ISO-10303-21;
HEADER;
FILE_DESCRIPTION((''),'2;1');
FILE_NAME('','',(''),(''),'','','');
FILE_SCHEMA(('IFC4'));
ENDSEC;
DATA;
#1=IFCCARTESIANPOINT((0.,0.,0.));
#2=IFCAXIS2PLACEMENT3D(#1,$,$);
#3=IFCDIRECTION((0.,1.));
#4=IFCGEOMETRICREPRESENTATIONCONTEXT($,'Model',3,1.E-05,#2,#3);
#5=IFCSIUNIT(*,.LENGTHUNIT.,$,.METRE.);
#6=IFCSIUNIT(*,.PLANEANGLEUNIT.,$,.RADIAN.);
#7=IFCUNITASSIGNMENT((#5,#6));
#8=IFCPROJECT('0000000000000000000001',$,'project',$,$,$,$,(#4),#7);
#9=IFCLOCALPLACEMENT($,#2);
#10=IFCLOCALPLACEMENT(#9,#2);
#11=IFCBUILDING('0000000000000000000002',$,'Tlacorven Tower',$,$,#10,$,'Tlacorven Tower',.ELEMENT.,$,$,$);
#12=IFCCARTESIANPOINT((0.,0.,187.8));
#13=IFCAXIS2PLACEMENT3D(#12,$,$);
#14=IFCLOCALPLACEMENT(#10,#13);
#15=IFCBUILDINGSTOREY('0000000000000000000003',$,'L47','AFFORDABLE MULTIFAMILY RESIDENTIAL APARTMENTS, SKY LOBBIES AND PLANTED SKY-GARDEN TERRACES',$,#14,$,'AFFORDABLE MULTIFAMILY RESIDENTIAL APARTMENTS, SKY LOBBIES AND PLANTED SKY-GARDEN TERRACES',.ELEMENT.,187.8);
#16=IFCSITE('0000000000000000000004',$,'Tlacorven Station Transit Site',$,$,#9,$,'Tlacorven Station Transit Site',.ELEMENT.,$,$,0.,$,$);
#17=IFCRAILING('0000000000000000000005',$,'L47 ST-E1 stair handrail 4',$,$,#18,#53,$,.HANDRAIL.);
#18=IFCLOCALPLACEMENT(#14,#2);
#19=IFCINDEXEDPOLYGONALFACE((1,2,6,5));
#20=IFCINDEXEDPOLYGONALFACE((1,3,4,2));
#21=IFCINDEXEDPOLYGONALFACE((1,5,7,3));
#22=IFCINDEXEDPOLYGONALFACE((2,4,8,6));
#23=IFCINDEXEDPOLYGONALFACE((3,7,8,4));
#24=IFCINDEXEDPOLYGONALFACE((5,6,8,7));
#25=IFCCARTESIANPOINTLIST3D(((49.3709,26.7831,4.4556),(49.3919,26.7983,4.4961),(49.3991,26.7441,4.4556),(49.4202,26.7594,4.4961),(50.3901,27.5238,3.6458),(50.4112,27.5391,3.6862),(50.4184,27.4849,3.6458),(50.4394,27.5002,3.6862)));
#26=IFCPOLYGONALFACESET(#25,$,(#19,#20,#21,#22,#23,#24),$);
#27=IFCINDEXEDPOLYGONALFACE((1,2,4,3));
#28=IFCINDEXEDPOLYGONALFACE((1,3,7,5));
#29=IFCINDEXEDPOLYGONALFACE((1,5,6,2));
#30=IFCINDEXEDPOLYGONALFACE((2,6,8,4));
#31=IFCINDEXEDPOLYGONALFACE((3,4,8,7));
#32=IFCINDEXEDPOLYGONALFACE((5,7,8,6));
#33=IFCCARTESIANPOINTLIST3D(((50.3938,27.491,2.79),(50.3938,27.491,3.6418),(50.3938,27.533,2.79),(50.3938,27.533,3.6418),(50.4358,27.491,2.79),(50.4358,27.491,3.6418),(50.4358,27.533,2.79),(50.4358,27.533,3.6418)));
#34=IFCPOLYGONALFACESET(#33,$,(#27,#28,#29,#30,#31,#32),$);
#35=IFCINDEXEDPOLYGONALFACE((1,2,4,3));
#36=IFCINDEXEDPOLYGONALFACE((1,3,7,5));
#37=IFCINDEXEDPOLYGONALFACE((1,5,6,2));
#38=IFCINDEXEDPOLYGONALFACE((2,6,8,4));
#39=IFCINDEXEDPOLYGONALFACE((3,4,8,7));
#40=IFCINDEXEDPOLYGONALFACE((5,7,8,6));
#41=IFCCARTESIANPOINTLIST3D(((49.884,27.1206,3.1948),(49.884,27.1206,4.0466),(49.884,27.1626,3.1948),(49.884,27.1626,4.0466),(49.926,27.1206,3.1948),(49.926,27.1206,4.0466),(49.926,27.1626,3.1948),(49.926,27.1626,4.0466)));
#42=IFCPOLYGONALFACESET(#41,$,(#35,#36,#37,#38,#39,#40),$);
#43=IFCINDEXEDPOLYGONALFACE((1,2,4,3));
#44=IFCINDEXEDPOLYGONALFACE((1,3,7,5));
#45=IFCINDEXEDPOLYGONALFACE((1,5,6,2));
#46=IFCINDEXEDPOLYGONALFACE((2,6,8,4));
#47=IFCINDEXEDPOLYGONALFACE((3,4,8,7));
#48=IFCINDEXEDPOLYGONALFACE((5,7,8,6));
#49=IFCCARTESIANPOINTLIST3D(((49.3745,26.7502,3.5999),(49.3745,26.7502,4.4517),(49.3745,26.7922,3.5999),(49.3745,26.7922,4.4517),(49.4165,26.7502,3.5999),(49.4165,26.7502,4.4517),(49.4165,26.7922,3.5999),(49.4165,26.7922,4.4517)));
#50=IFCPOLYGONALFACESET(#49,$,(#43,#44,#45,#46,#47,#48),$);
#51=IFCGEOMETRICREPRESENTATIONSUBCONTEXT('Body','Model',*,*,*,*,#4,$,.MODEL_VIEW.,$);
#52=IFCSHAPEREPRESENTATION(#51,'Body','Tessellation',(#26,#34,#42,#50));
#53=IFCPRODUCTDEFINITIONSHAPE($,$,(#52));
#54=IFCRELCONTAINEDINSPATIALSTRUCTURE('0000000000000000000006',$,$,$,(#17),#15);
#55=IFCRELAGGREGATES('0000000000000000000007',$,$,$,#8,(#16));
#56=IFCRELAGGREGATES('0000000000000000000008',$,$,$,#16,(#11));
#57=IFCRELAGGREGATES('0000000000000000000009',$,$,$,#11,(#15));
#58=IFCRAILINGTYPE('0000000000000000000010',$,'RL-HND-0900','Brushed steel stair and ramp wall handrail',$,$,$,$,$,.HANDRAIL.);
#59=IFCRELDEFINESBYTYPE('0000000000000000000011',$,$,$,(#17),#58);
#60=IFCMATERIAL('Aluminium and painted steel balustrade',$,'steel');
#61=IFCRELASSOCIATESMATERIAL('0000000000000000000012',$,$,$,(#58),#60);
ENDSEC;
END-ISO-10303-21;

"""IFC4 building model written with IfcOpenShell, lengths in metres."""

from ifc_helpers import new_model, si_unit, direction, frame, origin, origin_2d, place, context, subcontext, project, spatial, rectangle, extrude, source, transform, mapped, material, type_object, element, save


model = new_model("IFC4")

# Units and contexts
model_context = context("Model", 3, precision=1e-05, world=origin(), true_north=direction((0.0, 1.0)))
body_context = subcontext(model_context, "Body", "Model", "MODEL_VIEW")
ifc_project = project(units=[si_unit("LENGTHUNIT", "METRE"), si_unit("PLANEANGLEUNIT", "RADIAN")], contexts=[model_context])

# Site, building, storey
site_placement = place(None, origin())
site = spatial("IfcSite", under=ifc_project, at=site_placement, Name="Tlacorven Station Transit Site", LongName="Tlacorven Station Transit Site", CompositionType="ELEMENT", RefElevation=0.0)
building_placement = place(site_placement, origin())
building = spatial("IfcBuilding", under=site, at=building_placement, Name="Tlacorven Tower", LongName="Tlacorven Tower", CompositionType="ELEMENT")
storey_placement = place(building_placement, frame((0.0, 0.0, 187.8)))
storey = spatial("IfcBuildingStorey", under=building, at=storey_placement, Name="L47", Description="AFFORDABLE MULTIFAMILY RESIDENTIAL APARTMENTS, SKY LOBBIES AND PLANTED SKY-GARDEN TERRACES", LongName="AFFORDABLE MULTIFAMILY RESIDENTIAL APARTMENTS, SKY LOBBIES AND PLANTED SKY-GARDEN TERRACES", CompositionType="ELEMENT", Elevation=187.8)

# Railing
ifc_material_1 = material(Name="Aluminium and painted steel balustrade", Category="steel")
railing_type_1 = type_object("IfcRailingType", Name="RL-HND-0900", Description="Brushed steel stair and ramp wall handrail", PredefinedType="HANDRAIL", material=ifc_material_1)
shared_shape_1 = source(origin(), body_context, "Body", "SweptSolid", [
    extrude(rectangle(XDim=0.0481, YDim=0.0481, at=origin_2d()), frame((0.0, 0.0, 0.876), z_axis=(-0.680521, -0.494539, 0.540668), x_axis=(0.587872, -0.808954, 0.0)), (0.0, 0.0, 1.0), 1.4978),
    extrude(rectangle(XDim=0.042, YDim=0.042, at=origin_2d()), origin(), (0.0, 0.0, 1.0), 0.8518),
    extrude(rectangle(XDim=0.042, YDim=0.042, at=origin_2d()), frame((-0.5098, -0.3704, 0.4048)), (0.0, 0.0, 1.0), 0.8518),
    extrude(rectangle(XDim=0.042, YDim=0.042, at=origin_2d()), frame((-1.0193, -0.7407, 0.8098)), (0.0, 0.0, 1.0), 0.8518),
])
railing_1_placement = place(storey_placement, frame((50.4148, 27.512, 2.79)))
element("IfcRailing", 1, at=railing_1_placement, inside=storey, type_object=railing_type_1, Name="L47 ST-E1 stair handrail 4", PredefinedType="HANDRAIL", context=body_context, shape_type="MappedRepresentation", body=[
    mapped(shared_shape_1, transform((0.0, 0.0, 0.0), scale=1.0)),
])

save(model, "model.ifc")
